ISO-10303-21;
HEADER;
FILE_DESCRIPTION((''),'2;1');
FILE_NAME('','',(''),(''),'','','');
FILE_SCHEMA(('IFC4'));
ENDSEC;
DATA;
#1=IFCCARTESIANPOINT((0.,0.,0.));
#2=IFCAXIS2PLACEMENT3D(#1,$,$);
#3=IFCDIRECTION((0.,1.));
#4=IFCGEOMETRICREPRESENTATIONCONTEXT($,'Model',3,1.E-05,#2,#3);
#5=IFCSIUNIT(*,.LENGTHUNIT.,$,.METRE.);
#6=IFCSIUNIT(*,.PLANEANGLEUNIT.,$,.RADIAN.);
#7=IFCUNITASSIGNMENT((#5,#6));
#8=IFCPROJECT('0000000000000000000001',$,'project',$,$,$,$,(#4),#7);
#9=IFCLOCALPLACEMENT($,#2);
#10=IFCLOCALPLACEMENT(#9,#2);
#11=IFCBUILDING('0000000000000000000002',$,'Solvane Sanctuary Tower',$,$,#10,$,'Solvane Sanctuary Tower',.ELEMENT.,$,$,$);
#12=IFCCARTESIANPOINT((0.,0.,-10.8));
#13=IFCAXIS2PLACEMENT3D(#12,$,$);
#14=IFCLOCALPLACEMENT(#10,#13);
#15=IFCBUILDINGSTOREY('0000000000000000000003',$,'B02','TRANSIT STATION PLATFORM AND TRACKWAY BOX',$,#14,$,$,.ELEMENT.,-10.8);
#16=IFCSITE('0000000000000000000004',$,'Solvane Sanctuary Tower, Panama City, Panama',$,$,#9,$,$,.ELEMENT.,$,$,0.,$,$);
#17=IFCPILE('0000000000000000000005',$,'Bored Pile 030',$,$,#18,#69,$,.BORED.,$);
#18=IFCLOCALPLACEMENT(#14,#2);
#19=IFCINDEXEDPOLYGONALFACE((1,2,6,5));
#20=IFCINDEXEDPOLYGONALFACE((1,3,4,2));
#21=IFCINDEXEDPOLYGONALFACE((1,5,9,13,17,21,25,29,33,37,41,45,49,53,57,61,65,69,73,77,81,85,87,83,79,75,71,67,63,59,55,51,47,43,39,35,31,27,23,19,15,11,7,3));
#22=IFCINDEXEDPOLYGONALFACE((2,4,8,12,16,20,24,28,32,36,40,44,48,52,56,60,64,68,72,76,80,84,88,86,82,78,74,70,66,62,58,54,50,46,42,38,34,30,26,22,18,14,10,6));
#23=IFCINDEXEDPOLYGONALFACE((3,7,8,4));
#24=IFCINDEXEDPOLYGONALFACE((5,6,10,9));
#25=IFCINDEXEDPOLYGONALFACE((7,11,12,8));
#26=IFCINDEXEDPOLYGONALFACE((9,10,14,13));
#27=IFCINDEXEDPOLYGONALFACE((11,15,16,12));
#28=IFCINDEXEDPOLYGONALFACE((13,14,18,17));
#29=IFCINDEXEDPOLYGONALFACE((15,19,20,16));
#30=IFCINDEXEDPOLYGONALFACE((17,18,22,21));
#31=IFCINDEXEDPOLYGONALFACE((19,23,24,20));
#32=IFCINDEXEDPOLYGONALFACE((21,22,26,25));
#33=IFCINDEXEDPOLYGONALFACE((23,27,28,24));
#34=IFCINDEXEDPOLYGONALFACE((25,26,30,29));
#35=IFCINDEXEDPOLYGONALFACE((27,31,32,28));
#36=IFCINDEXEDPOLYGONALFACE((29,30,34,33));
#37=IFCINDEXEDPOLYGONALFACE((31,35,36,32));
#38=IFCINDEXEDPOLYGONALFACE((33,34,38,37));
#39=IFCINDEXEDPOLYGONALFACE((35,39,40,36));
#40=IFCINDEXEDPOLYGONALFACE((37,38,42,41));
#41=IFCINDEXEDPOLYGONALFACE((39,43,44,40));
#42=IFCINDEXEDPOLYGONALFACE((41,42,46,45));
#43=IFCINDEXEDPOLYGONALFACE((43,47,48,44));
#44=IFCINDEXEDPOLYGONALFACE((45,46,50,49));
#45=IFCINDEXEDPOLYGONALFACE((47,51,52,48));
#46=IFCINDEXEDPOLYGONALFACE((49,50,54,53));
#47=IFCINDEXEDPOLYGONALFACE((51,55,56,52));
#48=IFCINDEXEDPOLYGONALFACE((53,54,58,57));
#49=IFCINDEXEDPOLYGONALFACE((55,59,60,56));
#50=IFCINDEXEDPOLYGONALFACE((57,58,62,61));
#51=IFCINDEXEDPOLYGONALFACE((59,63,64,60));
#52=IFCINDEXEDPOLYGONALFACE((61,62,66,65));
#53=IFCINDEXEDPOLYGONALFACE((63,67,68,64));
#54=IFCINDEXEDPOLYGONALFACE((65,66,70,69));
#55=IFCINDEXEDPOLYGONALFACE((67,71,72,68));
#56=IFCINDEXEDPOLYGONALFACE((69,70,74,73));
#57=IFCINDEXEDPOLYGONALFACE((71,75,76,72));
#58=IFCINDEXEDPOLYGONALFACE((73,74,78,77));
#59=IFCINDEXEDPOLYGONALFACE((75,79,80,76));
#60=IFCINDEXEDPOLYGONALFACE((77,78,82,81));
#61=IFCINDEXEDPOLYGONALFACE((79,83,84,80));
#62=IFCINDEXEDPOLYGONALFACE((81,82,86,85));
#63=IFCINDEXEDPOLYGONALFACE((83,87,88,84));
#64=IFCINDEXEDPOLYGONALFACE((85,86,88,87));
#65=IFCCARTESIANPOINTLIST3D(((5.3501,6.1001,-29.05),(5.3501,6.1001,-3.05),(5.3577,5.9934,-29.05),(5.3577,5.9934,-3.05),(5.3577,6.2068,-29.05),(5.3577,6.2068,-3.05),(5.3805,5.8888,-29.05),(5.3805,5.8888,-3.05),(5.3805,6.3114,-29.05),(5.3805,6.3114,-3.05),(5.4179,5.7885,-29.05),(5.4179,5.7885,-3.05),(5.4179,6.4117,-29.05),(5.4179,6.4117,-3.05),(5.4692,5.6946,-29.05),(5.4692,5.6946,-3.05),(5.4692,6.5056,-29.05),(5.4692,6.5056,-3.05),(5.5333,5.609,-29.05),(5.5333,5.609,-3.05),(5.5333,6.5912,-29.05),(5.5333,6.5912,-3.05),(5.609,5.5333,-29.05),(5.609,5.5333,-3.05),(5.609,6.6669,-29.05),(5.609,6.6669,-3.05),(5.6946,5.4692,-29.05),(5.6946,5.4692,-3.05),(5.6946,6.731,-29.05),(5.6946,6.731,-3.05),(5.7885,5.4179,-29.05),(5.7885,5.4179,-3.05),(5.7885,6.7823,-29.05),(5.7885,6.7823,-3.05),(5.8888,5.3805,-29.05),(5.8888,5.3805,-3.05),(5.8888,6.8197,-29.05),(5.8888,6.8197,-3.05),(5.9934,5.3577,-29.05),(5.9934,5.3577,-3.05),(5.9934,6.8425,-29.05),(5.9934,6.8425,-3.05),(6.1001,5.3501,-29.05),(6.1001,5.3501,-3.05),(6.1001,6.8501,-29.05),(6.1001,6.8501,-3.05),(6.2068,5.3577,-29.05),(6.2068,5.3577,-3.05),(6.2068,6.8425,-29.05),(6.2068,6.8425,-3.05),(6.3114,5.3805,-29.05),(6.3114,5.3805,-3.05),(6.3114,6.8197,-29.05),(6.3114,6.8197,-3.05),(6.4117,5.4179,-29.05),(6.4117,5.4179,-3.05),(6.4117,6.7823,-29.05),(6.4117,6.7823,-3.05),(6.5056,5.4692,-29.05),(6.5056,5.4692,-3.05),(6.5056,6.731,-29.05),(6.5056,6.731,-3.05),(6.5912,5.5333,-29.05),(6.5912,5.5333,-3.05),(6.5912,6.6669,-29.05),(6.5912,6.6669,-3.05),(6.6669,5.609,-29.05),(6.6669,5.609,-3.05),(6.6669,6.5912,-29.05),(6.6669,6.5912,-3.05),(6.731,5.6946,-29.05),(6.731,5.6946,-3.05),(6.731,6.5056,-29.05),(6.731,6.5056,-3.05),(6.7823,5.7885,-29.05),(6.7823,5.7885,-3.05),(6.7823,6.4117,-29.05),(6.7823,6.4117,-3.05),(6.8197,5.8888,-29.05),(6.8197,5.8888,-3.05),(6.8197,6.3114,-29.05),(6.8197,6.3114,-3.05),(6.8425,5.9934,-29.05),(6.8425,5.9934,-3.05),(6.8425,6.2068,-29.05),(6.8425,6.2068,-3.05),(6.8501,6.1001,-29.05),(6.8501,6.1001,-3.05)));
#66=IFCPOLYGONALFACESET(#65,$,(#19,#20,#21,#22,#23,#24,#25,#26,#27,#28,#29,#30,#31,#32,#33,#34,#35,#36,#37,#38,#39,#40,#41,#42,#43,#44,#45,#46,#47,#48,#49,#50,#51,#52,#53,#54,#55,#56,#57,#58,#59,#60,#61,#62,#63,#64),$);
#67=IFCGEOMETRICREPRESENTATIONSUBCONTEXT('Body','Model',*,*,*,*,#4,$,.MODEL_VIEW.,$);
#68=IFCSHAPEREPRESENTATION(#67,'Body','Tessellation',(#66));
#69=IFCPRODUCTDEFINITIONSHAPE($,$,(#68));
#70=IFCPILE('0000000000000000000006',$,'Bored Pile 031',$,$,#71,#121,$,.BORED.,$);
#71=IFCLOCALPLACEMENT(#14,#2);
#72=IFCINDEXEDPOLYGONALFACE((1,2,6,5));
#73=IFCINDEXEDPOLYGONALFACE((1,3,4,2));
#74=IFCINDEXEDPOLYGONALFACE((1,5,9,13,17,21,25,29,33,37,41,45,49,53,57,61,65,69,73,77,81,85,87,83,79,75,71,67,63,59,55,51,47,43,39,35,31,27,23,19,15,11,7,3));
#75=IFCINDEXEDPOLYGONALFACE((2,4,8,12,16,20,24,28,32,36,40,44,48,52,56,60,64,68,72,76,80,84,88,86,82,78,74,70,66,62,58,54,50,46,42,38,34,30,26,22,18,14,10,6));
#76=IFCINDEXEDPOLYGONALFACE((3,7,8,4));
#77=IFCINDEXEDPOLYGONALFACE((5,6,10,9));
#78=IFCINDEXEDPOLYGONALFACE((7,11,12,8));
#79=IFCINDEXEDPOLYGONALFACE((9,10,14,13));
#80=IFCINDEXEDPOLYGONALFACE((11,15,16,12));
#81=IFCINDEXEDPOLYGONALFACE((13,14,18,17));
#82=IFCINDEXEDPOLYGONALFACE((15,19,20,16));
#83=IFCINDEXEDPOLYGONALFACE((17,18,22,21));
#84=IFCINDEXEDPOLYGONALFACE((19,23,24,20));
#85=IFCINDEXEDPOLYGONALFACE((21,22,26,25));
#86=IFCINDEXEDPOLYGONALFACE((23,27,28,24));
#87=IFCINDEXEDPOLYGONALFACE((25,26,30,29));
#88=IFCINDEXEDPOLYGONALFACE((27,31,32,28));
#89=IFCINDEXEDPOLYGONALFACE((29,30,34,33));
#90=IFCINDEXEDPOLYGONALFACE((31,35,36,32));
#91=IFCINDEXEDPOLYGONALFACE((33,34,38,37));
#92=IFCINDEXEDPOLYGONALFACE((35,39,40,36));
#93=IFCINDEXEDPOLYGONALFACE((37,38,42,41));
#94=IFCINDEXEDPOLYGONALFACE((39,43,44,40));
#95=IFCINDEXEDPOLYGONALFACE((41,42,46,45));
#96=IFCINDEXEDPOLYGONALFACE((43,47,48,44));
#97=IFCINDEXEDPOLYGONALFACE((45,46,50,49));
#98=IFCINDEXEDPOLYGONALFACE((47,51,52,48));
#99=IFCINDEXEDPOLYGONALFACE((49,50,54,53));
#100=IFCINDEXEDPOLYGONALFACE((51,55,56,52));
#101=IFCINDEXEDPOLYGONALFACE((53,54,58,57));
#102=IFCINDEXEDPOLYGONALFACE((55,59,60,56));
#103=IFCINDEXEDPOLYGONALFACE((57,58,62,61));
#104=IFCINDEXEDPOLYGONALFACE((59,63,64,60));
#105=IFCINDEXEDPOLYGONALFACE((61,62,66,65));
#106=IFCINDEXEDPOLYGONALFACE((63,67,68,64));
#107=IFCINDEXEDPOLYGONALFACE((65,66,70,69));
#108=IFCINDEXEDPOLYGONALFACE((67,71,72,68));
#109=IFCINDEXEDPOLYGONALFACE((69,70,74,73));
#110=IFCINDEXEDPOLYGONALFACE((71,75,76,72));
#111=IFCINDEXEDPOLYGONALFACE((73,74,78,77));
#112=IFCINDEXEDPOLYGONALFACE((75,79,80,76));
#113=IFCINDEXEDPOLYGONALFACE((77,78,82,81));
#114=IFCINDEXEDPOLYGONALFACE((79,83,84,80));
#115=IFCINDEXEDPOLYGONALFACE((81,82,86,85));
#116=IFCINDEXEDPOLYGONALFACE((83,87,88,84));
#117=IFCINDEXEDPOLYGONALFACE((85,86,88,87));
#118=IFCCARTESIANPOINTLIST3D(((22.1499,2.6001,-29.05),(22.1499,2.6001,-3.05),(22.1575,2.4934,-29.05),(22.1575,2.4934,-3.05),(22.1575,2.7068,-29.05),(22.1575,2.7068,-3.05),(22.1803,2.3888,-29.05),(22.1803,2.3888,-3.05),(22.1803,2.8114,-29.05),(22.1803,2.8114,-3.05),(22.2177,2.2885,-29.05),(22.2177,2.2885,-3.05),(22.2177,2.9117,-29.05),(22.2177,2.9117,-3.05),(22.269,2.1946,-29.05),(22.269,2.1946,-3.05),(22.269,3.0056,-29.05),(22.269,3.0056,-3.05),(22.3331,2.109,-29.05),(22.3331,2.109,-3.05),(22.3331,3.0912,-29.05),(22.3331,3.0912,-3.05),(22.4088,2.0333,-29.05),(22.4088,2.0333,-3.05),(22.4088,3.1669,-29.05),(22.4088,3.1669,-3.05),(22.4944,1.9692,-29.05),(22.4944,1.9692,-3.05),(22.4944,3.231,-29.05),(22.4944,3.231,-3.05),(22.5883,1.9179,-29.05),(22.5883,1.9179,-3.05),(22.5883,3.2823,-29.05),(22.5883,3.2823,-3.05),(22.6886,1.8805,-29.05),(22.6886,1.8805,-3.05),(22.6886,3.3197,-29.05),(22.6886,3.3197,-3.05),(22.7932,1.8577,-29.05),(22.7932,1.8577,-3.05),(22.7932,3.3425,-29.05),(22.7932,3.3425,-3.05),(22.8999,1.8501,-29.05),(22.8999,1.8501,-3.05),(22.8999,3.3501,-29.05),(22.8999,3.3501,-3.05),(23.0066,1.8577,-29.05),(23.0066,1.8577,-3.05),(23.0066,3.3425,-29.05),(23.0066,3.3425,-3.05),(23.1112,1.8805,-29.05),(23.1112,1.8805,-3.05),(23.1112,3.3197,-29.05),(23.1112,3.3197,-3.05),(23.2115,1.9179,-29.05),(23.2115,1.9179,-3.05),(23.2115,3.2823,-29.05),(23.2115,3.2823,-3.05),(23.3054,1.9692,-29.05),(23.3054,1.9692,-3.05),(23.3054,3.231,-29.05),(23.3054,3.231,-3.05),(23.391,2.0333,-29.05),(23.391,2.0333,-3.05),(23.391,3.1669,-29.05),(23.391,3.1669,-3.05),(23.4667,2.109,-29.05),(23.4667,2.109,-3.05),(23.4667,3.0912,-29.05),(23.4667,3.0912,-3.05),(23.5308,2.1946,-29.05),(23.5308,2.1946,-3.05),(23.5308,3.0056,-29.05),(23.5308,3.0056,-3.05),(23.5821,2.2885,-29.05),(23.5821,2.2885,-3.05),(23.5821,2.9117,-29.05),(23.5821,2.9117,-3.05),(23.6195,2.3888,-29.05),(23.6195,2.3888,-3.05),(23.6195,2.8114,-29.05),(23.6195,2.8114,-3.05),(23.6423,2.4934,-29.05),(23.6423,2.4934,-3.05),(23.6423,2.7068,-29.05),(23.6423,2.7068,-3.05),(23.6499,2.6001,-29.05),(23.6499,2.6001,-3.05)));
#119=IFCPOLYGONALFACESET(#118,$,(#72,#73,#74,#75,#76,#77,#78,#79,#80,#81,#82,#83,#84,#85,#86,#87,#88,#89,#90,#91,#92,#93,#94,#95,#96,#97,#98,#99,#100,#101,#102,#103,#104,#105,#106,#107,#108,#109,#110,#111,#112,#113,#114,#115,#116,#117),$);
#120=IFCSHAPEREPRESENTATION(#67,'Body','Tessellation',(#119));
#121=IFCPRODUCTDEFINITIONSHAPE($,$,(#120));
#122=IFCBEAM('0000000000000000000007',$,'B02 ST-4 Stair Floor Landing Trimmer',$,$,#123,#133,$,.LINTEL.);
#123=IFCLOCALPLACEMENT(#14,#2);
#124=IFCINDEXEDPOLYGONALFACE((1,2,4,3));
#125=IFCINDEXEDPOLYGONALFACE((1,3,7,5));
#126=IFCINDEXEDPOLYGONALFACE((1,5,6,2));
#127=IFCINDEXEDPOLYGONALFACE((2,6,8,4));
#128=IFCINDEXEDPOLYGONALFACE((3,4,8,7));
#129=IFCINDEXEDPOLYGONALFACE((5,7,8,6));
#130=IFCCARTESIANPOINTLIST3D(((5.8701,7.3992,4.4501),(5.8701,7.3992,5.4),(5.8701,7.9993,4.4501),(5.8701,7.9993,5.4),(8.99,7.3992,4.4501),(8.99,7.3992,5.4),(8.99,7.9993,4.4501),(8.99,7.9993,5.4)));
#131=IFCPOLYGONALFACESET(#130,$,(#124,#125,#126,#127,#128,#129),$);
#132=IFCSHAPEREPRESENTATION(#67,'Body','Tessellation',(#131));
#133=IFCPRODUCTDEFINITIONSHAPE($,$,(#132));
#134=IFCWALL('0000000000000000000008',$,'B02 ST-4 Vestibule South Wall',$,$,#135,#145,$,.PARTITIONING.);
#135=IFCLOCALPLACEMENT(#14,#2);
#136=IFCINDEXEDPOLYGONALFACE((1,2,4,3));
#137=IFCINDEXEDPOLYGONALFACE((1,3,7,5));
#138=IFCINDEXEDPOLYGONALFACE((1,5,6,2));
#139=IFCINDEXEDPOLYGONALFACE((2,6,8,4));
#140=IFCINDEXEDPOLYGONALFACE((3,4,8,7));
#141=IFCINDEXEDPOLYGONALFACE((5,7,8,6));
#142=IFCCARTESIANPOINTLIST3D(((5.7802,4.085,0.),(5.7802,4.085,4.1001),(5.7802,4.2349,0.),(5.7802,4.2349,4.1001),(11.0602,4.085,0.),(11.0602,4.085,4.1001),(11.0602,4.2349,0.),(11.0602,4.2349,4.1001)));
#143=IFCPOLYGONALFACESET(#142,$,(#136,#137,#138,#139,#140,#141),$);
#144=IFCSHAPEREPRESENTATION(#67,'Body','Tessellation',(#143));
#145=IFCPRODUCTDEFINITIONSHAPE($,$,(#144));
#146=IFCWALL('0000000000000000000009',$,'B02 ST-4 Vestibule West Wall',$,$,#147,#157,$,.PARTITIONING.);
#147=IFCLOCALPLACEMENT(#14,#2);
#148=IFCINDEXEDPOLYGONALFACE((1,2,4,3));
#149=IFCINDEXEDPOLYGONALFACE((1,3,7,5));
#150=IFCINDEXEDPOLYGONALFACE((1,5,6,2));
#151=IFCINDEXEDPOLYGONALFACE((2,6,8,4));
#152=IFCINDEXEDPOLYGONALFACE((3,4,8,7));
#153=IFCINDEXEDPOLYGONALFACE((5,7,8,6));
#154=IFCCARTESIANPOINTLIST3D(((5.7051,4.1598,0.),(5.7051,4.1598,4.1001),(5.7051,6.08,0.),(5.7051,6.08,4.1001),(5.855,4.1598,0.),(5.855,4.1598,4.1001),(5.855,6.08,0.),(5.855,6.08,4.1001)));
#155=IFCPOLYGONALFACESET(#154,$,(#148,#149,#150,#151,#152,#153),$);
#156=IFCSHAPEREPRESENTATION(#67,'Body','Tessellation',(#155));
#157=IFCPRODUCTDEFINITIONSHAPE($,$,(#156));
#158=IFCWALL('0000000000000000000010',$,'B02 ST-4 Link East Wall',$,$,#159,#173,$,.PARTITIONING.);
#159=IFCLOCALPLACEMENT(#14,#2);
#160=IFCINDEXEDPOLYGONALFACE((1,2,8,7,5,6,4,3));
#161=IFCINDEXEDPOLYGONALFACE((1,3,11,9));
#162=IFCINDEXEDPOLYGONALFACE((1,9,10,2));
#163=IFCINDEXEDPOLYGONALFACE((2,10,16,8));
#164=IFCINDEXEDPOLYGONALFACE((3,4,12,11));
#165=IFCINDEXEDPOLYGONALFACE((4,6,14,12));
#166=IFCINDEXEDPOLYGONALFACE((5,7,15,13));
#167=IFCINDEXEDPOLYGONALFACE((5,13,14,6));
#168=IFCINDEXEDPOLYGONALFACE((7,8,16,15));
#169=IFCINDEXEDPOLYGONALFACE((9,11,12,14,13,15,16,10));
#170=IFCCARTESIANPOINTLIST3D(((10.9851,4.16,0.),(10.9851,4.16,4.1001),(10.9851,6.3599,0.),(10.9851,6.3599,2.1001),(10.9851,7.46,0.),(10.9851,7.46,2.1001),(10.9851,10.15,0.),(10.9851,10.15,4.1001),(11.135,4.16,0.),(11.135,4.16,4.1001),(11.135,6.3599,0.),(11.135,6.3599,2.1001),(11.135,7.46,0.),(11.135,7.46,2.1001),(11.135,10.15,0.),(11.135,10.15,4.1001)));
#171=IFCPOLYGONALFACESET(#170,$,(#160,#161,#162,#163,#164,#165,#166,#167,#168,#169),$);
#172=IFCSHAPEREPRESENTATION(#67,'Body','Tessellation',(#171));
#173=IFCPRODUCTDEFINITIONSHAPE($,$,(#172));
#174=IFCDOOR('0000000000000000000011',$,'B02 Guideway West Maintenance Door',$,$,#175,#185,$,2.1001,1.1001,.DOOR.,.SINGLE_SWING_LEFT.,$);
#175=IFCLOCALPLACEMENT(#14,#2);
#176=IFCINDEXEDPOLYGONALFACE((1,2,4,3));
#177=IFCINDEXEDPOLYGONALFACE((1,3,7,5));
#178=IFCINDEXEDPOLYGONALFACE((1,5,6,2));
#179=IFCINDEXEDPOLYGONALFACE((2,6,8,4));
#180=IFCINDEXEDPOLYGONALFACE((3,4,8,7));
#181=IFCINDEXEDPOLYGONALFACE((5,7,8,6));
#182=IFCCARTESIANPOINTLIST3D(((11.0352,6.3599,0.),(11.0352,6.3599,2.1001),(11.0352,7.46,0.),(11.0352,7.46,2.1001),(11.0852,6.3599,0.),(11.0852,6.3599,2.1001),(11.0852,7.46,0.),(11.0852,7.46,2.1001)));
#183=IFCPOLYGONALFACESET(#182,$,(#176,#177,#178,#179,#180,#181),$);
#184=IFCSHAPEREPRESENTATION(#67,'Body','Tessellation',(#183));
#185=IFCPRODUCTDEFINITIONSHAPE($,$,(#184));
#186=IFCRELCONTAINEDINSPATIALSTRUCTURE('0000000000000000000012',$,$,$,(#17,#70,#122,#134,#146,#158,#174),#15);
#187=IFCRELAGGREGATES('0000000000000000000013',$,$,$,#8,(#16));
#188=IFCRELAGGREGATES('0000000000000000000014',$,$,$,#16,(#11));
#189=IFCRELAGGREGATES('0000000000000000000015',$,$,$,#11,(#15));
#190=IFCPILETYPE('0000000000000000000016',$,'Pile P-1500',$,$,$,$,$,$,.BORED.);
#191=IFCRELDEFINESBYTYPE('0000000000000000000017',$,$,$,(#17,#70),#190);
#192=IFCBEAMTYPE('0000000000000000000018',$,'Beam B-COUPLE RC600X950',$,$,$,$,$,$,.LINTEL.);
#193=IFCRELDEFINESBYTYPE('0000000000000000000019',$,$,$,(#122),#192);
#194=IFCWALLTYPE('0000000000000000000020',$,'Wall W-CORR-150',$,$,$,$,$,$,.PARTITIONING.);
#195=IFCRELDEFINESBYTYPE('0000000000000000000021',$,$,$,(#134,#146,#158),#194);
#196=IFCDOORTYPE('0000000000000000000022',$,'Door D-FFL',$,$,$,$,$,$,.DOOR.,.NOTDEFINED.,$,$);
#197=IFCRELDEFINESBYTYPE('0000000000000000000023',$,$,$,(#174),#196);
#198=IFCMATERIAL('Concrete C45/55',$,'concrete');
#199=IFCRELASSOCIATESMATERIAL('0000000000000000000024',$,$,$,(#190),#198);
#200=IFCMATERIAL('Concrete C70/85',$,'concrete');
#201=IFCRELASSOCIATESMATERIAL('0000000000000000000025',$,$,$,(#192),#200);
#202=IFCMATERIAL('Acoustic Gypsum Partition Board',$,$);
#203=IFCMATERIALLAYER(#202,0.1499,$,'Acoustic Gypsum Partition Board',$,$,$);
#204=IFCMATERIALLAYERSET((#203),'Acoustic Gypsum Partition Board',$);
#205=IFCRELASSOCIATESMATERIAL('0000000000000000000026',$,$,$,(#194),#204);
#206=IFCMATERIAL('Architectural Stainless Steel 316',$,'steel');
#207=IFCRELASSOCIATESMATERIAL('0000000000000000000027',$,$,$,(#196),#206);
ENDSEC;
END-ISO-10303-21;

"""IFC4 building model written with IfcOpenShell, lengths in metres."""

from ifc_helpers import new_model, si_unit, direction, frame, frame_2d, origin, origin_2d, place, context, subcontext, project, spatial, rectangle, circle, extrude, material, layer, layer_set, material_profile, profile_set, type_object, element, fill, save


model = new_model("IFC4")

# Units and contexts
model_context = context("Model", 3, precision=1e-05, world=origin(), true_north=direction((0.0, 1.0)))
body_context = subcontext(model_context, "Body", "Model", "MODEL_VIEW")
ifc_project = project(units=[si_unit("LENGTHUNIT", "METRE"), si_unit("PLANEANGLEUNIT", "RADIAN")], contexts=[model_context])

# Site, building, storey
site_placement = place(None, origin())
site = spatial("IfcSite", under=ifc_project, at=site_placement, Name="Solvane Sanctuary Tower, Panama City, Panama", CompositionType="ELEMENT", RefElevation=0.0)
building_placement = place(site_placement, origin())
building = spatial("IfcBuilding", under=site, at=building_placement, Name="Solvane Sanctuary Tower", LongName="Solvane Sanctuary Tower", CompositionType="ELEMENT")
storey_placement = place(building_placement, frame((0.0, 0.0, -10.8)))
storey = spatial("IfcBuildingStorey", under=building, at=storey_placement, Name="B02", Description="TRANSIT STATION PLATFORM AND TRACKWAY BOX", CompositionType="ELEMENT", Elevation=-10.8)

# Piles
ifc_material_1 = material(Name="Concrete C45/55", Category="concrete")
ifc_material_profile_1 = material_profile(ifc_material_1, circle(Radius=0.75, at=origin_2d()), Name="PILE1500")
ifc_profile_set_1 = profile_set([ifc_material_profile_1], Name="Concrete C45/55")
pile_type_1 = type_object("IfcPileType", Name="Pile P-1500", PredefinedType="BORED", material=ifc_profile_set_1)
for number, where, z_axis, x_axis, name in (
    (1, (6.1001, 6.1001, -3.05), (0.0, 0.0, -1.0), (1.0, 0.0, 0.0), "Bored Pile 030"),
    (2, (22.8999, 2.6001, -3.05), (0.0, 0.0, -1.0), (1.0, 0.0, 0.0), "Bored Pile 031"),
):
    element("IfcPile", number, at=place(storey_placement, frame(where, z_axis=z_axis, x_axis=x_axis)), inside=storey, type_object=pile_type_1, Name=name, PredefinedType="BORED", context=body_context, shape_type="SweptSolid", body=[
        extrude(circle(Radius=0.75, at=origin_2d()), origin(), (0.0, 0.0, 1.0), 26.0),
    ])

# Beam
ifc_material_2 = material(Name="Concrete C70/85", Category="concrete")
ifc_material_profile_2 = material_profile(ifc_material_2, rectangle(XDim=0.6001, YDim=0.95, at=origin_2d()), Name="RC600X950")
ifc_profile_set_2 = profile_set([ifc_material_profile_2], Name="Concrete C70/85")
beam_type = type_object("IfcBeamType", Name="Beam B-COUPLE RC600X950", PredefinedType="LINTEL", material=ifc_profile_set_2)
beam_placement = place(storey_placement, frame((5.8701, 7.6992, 4.925), z_axis=(1.0, 0.0, 0.0), x_axis=(0.0, 1.0, 0.0)))
element("IfcBeam", 3, at=beam_placement, inside=storey, type_object=beam_type, Name="B02 ST-4 Stair Floor Landing Trimmer", PredefinedType="LINTEL", context=body_context, shape_type="SweptSolid", body=[
    extrude(rectangle(XDim=0.6001, YDim=0.95, at=origin_2d()), origin(), (0.0, 0.0, 1.0), 3.1199),
])

# Walls
ifc_material_3 = material(Name="Acoustic Gypsum Partition Board")
ifc_layer_1 = layer(ifc_material_3, 0.1499, Name="Acoustic Gypsum Partition Board")
ifc_layer_set_1 = layer_set([ifc_layer_1], Name="Acoustic Gypsum Partition Board")
wall_type_1 = type_object("IfcWallType", Name="Wall W-CORR-150", PredefinedType="PARTITIONING", material=ifc_layer_set_1)
wall_1_placement = place(storey_placement, frame((5.78, 4.1599, 0.0), z_axis=(0.0, 0.0, 1.0), x_axis=(1.0, 0.0, 0.0)))
element("IfcWall", 4, at=wall_1_placement, inside=storey, type_object=wall_type_1, Name="B02 ST-4 Vestibule South Wall", PredefinedType="PARTITIONING", context=body_context, shape_type="SweptSolid", body=[
    extrude(rectangle(XDim=5.28, YDim=0.1499, at=frame_2d((2.6401, 0.0))), origin(), (0.0, 0.0, 1.0), 4.1001),
])
wall_2_placement = place(storey_placement, frame((5.78, 4.1599, 0.0), z_axis=(0.0, 0.0, 1.0), x_axis=(0.0, 1.0, 0.0)))
element("IfcWall", 5, at=wall_2_placement, inside=storey, type_object=wall_type_1, Name="B02 ST-4 Vestibule West Wall", PredefinedType="PARTITIONING", context=body_context, shape_type="SweptSolid", body=[
    extrude(rectangle(XDim=1.9202, YDim=0.1499, at=frame_2d((0.96, 0.0))), origin(), (0.0, 0.0, 1.0), 4.1001),
])

# Wall, opening, door
wall_3_placement = place(storey_placement, frame((11.0601, 4.1599, 0.0), z_axis=(0.0, 0.0, 1.0), x_axis=(0.0, 1.0, 0.0)))
wall_3 = element("IfcWall", 6, at=wall_3_placement, inside=storey, type_object=wall_type_1, Name="B02 ST-4 Link East Wall", PredefinedType="PARTITIONING", context=body_context, shape_type="SweptSolid", body=[
    extrude(rectangle(XDim=5.99, YDim=0.1499, at=frame_2d((2.9951, 0.0))), origin(), (0.0, 0.0, 1.0), 4.1001),
])
opening_placement = place(wall_3_placement, frame((2.2, 0.0, 0.0)))
opening = element("IfcOpeningElement", 7, at=opening_placement, cuts=wall_3, PredefinedType="OPENING", context=body_context, shape_type="SweptSolid", body=[
    extrude(rectangle(XDim=1.1001, YDim=2.1001, at=frame_2d((0.55, 1.05))), frame((0.0, 0.085, 0.0), z_axis=(0.0, -1.0, 0.0), x_axis=(1.0, 0.0, 0.0)), (0.0, 0.0, 1.0), 0.1699),
])
ifc_material_4 = material(Name="Architectural Stainless Steel 316", Category="steel")
door_type = type_object("IfcDoorType", Name="Door D-FFL", OperationType="NOTDEFINED", PredefinedType="DOOR", material=ifc_material_4)
door_placement = place(opening_placement, origin())
door = element("IfcDoor", 8, at=door_placement, inside=storey, type_object=door_type, Name="B02 Guideway West Maintenance Door", OperationType="SINGLE_SWING_LEFT", OverallHeight=2.1001, OverallWidth=1.1001, PredefinedType="DOOR", context=body_context, shape_type="SweptSolid", body=[
    extrude(rectangle(XDim=1.1001, YDim=2.1001, at=frame_2d((0.55, 1.05))), frame((0.0, 0.0249, 0.0), z_axis=(0.0, -1.0, 0.0), x_axis=(1.0, 0.0, 0.0)), (0.0, 0.0, 1.0), 0.05),
])
fill(opening, door)

save(model, "model.ifc")
